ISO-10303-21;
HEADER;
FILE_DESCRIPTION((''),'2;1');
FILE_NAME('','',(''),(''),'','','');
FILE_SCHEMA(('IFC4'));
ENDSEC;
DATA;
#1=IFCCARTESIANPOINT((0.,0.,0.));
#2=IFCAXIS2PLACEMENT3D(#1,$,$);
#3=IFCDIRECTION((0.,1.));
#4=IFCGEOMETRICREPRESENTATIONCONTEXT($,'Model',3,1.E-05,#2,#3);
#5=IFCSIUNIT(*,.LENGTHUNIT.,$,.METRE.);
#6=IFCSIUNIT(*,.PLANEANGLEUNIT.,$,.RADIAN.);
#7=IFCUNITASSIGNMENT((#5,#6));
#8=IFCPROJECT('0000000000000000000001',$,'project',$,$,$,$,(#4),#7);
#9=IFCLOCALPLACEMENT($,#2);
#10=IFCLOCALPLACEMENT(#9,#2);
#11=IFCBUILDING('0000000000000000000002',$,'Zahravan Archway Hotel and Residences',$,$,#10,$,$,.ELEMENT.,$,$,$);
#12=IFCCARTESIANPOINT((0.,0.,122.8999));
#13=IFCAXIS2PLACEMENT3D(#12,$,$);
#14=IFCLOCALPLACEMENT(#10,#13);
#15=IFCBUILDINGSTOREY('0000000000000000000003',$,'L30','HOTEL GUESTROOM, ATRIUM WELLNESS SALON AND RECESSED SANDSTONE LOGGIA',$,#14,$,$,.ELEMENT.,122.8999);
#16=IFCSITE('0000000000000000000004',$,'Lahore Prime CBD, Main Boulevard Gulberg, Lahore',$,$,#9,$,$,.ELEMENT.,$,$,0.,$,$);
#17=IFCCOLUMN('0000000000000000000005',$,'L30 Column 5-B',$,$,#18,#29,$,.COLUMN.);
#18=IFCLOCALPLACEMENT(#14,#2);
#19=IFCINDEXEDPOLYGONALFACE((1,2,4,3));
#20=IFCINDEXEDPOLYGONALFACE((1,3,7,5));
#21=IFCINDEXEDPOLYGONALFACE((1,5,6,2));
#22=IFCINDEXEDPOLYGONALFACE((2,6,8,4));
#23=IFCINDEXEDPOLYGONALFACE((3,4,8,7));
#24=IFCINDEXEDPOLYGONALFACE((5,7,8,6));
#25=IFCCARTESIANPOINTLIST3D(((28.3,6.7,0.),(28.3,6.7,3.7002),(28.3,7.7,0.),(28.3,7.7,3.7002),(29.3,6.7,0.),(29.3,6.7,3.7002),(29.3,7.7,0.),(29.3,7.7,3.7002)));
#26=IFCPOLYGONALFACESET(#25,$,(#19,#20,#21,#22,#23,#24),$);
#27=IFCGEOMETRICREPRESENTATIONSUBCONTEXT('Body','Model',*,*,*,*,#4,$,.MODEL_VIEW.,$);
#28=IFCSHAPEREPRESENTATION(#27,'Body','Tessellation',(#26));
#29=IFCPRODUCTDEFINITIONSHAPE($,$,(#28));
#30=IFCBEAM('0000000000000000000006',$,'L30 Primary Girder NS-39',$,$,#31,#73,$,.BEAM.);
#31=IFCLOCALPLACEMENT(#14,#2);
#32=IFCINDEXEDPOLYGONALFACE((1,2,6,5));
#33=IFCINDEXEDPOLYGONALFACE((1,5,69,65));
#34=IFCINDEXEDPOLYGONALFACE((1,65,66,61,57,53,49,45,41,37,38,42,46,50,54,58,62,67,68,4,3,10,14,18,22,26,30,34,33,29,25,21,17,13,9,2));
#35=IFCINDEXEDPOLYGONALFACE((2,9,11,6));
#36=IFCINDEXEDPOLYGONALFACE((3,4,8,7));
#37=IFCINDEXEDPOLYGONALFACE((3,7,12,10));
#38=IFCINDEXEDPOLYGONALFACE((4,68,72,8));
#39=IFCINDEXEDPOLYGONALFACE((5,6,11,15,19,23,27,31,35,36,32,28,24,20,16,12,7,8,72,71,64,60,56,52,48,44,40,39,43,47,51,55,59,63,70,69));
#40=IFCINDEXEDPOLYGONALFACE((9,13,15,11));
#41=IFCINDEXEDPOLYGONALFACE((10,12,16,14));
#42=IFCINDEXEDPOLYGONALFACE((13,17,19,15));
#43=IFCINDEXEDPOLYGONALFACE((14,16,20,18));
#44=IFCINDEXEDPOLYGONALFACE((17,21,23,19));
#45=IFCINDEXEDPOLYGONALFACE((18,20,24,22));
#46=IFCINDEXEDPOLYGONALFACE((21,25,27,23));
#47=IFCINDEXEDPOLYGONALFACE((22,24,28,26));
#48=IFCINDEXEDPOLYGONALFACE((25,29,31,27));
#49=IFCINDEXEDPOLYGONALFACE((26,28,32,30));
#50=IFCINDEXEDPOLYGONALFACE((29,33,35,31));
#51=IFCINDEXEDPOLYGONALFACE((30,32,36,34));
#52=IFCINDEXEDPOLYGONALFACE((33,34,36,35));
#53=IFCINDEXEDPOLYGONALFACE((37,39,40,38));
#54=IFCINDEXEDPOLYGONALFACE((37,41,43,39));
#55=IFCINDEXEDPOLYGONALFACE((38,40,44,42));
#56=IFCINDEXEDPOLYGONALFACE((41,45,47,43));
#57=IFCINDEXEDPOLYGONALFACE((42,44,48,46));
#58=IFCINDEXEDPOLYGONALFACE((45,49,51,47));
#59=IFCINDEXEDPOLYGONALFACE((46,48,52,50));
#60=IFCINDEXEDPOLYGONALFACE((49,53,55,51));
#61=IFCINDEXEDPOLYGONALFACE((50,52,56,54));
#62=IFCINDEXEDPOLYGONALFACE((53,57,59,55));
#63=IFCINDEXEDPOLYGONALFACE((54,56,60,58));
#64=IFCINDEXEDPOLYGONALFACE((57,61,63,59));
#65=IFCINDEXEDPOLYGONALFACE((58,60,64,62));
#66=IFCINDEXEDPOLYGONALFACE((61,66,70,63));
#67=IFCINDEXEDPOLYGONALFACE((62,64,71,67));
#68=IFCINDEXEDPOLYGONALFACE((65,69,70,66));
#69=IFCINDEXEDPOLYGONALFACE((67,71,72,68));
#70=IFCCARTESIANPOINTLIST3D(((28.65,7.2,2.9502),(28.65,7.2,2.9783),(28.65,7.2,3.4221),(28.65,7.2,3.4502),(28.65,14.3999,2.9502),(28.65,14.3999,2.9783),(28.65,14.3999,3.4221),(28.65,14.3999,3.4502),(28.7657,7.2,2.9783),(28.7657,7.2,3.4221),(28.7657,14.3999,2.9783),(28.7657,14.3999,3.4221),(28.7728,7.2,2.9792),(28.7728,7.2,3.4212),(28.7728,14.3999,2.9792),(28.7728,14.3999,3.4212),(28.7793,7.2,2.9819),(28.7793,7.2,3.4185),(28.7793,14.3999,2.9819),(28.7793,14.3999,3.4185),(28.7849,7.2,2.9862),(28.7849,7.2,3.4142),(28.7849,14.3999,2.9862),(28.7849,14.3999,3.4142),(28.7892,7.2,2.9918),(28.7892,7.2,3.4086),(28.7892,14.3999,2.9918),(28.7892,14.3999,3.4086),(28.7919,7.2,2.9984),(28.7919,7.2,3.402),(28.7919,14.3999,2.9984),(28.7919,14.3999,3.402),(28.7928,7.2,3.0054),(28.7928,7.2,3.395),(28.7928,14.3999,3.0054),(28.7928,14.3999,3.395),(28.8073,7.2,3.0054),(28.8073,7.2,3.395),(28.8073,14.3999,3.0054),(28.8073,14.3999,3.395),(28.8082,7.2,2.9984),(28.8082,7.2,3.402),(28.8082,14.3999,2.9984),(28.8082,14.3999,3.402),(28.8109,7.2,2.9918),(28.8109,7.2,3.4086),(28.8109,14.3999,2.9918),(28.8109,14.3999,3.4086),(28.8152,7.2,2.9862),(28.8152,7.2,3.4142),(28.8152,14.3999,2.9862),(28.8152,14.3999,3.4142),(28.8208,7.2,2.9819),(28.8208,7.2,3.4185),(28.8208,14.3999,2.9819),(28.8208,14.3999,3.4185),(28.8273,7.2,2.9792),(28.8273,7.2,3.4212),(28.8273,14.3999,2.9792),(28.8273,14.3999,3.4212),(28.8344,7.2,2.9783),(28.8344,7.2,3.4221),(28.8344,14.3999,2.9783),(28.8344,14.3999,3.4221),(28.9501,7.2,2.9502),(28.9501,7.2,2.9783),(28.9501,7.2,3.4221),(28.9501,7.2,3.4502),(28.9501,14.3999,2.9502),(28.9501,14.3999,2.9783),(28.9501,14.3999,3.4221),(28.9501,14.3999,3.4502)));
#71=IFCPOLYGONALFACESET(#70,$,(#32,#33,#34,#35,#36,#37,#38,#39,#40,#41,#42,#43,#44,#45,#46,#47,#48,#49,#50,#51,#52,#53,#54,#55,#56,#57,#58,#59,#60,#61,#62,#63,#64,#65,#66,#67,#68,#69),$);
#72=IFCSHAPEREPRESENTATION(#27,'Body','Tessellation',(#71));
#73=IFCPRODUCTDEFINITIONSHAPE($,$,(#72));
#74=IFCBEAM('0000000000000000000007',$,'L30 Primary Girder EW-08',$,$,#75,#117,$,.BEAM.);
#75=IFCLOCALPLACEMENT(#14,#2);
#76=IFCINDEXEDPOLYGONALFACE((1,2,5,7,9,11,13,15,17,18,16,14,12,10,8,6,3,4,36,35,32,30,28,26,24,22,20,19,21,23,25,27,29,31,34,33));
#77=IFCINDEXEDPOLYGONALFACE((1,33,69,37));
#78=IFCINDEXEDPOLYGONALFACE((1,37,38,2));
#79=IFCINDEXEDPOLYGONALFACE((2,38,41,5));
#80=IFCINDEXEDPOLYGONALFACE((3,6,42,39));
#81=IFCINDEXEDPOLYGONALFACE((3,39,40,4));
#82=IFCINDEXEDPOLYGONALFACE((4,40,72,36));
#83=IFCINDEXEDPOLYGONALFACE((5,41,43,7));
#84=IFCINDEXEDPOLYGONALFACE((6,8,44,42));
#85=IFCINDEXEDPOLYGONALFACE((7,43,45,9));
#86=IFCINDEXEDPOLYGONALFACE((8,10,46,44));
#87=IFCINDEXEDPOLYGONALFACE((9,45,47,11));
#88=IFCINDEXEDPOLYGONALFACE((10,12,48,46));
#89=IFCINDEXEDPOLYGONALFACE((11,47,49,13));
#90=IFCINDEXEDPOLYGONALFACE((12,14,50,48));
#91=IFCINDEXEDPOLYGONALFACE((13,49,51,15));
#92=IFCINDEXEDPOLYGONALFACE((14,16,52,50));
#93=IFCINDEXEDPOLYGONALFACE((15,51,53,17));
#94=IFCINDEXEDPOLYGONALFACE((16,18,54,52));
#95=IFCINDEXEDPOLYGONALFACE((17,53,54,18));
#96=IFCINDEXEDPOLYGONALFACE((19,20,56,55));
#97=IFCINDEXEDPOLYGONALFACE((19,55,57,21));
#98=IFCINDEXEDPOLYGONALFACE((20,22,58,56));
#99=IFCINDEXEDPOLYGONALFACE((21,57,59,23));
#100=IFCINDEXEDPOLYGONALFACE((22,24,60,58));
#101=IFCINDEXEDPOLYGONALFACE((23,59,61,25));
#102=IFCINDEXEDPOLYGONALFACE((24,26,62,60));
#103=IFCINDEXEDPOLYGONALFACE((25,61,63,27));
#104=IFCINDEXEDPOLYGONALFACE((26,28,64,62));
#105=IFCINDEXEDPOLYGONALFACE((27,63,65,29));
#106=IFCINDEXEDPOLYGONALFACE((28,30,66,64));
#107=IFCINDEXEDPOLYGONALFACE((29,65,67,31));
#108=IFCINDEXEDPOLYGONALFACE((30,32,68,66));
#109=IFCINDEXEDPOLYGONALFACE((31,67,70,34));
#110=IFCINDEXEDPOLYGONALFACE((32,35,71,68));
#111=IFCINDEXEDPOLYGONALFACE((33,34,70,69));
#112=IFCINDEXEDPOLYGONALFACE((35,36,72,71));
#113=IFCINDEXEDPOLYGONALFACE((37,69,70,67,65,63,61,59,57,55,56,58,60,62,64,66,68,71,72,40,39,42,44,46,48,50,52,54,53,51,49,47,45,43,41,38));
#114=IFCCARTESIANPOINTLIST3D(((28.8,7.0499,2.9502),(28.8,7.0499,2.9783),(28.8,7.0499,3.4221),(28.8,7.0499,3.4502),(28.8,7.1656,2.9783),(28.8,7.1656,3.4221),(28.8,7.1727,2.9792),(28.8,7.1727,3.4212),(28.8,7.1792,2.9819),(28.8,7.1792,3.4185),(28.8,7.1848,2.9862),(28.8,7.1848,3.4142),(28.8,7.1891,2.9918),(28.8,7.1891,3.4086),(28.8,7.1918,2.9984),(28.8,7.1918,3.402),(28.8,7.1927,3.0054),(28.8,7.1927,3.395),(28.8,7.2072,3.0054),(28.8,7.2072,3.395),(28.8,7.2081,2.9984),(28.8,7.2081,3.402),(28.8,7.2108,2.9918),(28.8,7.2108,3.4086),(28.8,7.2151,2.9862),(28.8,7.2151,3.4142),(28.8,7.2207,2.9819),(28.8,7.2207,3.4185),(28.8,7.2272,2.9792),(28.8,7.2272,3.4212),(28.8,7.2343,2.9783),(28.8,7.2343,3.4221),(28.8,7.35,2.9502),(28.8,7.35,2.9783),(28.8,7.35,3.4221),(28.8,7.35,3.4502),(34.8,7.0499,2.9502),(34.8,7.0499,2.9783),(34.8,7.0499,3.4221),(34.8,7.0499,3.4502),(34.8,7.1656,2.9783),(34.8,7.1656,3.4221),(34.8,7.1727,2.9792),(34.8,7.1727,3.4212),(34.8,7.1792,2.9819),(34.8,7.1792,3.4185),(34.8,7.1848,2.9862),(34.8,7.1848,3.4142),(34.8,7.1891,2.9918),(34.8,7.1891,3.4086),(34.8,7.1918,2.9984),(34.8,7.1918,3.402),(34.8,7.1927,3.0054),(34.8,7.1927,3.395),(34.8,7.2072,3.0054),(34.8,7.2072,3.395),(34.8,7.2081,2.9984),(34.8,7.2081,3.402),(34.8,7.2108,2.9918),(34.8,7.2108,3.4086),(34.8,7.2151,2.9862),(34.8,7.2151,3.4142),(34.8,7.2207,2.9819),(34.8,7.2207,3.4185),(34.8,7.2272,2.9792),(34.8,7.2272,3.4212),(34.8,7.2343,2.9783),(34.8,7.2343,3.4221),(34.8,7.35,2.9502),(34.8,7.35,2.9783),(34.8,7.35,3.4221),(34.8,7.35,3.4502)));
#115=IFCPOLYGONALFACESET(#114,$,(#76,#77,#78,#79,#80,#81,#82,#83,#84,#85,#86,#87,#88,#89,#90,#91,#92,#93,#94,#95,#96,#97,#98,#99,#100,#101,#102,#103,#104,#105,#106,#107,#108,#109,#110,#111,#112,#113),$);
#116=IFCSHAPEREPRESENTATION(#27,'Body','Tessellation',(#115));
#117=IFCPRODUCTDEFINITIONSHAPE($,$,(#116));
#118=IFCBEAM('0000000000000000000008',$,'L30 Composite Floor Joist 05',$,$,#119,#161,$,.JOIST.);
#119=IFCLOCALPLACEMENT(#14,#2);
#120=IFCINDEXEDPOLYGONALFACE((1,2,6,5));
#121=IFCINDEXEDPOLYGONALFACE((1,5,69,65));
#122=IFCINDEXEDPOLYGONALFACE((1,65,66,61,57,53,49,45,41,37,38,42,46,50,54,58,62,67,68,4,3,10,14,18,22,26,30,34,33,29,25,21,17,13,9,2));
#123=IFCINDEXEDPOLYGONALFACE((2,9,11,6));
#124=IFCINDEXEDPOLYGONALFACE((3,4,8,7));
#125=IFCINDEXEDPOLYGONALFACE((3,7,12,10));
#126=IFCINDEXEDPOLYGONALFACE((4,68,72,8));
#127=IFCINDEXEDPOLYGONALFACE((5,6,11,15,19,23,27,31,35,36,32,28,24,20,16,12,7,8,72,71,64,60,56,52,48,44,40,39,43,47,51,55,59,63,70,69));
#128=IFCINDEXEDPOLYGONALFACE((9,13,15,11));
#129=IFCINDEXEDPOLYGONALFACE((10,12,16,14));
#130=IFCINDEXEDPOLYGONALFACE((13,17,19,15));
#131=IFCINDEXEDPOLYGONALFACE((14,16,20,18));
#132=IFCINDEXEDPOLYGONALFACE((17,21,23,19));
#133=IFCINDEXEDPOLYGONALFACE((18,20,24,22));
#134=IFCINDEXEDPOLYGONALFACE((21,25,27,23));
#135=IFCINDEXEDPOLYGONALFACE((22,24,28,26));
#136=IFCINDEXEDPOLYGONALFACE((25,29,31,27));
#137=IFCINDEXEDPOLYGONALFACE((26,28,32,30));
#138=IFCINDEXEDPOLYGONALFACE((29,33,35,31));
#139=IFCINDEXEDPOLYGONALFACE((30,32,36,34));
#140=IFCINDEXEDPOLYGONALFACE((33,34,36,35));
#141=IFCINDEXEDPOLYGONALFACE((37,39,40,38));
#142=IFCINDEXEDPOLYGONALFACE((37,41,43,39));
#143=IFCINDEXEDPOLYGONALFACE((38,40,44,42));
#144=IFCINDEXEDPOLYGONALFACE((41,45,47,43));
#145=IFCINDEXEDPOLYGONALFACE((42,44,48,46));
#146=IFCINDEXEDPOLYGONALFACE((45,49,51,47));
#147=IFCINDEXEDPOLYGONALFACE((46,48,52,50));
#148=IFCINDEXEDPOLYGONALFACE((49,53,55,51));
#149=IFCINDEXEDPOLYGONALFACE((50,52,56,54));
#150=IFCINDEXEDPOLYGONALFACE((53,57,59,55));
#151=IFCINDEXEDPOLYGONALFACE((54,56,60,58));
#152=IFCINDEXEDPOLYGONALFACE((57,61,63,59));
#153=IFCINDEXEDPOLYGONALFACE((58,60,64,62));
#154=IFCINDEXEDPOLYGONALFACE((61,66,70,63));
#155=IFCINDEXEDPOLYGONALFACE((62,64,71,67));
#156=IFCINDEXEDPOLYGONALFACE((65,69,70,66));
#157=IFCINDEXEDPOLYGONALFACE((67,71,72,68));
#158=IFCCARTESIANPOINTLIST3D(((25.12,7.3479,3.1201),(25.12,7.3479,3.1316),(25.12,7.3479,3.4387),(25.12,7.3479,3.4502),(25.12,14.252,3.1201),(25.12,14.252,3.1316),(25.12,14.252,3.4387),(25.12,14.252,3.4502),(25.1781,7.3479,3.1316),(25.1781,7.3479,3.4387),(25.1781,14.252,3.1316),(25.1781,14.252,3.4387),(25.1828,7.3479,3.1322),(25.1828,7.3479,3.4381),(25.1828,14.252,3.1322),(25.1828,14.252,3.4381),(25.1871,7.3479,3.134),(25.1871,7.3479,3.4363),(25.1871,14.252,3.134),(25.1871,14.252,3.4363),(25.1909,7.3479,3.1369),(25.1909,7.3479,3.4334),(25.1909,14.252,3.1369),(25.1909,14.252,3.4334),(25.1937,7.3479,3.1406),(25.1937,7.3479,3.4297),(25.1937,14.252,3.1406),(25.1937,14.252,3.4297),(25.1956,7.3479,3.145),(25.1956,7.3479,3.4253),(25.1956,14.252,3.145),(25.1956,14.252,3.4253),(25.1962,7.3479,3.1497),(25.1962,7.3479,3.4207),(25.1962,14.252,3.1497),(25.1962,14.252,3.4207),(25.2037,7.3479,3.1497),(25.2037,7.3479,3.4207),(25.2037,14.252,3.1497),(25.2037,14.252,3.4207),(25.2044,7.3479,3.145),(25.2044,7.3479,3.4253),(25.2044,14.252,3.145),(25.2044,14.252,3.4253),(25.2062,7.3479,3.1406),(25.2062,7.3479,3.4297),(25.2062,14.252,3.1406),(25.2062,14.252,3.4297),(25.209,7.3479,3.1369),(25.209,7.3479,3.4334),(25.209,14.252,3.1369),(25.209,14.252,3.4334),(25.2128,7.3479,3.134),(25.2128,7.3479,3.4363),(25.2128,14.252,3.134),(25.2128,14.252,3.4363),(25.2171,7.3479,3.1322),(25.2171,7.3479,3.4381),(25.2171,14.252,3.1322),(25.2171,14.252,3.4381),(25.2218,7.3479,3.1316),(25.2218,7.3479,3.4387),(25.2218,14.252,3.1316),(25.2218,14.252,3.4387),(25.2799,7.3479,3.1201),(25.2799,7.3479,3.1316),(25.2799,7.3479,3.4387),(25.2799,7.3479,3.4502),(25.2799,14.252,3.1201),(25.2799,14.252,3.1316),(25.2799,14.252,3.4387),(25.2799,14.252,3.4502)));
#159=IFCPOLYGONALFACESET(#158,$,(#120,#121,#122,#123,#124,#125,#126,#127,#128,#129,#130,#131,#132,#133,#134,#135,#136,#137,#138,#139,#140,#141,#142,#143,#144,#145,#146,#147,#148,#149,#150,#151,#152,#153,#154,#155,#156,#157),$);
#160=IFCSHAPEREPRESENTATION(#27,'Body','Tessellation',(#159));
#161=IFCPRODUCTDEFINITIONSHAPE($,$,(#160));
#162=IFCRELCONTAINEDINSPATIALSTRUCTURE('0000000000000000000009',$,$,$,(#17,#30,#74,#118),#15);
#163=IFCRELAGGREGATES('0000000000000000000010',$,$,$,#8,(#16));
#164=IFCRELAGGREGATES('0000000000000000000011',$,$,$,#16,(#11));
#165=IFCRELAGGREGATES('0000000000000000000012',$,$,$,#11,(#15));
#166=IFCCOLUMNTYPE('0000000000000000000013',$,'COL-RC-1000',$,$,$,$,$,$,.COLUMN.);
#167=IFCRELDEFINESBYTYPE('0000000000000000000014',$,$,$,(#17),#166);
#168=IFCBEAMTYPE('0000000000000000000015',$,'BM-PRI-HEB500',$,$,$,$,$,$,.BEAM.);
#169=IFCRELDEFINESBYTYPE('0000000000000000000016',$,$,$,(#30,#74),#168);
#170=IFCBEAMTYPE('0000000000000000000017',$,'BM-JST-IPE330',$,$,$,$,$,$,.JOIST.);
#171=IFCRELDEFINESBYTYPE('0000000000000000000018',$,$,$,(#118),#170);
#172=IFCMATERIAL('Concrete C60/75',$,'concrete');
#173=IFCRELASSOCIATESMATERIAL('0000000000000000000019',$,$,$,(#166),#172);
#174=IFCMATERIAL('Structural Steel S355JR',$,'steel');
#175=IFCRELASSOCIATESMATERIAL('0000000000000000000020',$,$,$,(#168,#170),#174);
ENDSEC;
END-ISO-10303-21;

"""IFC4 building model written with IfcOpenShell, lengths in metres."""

from ifc_helpers import new_model, si_unit, direction, frame, origin, origin_2d, place, context, subcontext, project, spatial, rectangle, i_section, extrude, source, transform, mapped, material, material_profile, profile_set, type_object, type_shapes, element, save


model = new_model("IFC4")

# Units and contexts
model_context = context("Model", 3, precision=1e-05, world=origin(), true_north=direction((0.0, 1.0)))
body_context = subcontext(model_context, "Body", "Model", "MODEL_VIEW")
ifc_project = project(units=[si_unit("LENGTHUNIT", "METRE"), si_unit("PLANEANGLEUNIT", "RADIAN")], contexts=[model_context])

# Site, building, storey
site_placement = place(None, origin())
site = spatial("IfcSite", under=ifc_project, at=site_placement, Name="Lahore Prime CBD, Main Boulevard Gulberg, Lahore", CompositionType="ELEMENT", RefElevation=0.0)
building_placement = place(site_placement, origin())
building = spatial("IfcBuilding", under=site, at=building_placement, Name="Zahravan Archway Hotel and Residences", CompositionType="ELEMENT")
storey_placement = place(building_placement, frame((0.0, 0.0, 122.8999)))
storey = spatial("IfcBuildingStorey", under=building, at=storey_placement, Name="L30", Description="HOTEL GUESTROOM, ATRIUM WELLNESS SALON AND RECESSED SANDSTONE LOGGIA", CompositionType="ELEMENT", Elevation=122.8999)

# Column
ifc_material_1 = material(Name="Concrete C60/75", Category="concrete")
ifc_material_profile_1 = material_profile(ifc_material_1, rectangle(XDim=1.0, YDim=1.0, at=origin_2d()), Name="RC-COL-1000x1000", Category="concrete")
ifc_profile_set_1 = profile_set([ifc_material_profile_1], Name="Concrete C60/75")
column_type = type_object("IfcColumnType", Name="COL-RC-1000", PredefinedType="COLUMN", material=ifc_profile_set_1)
shared_shape_1 = source(origin(), body_context, "Body", "SweptSolid", [
    extrude(rectangle(XDim=1.0, YDim=1.0, at=origin_2d()), origin(), (0.0, 0.0, 1.0), 3.7002),
])
column_placement = place(storey_placement, frame((28.8, 7.2, 0.0), z_axis=(0.0, 0.0, 1.0), x_axis=(1.0, 0.0, 0.0)))
element("IfcColumn", 1, at=column_placement, inside=storey, type_object=column_type, Name="L30 Column 5-B", PredefinedType="COLUMN", context=body_context, shape_type="MappedRepresentation", body=[
    mapped(shared_shape_1, transform((0.0, 0.0, 0.0), scale=1.0)),
])

# Beams
ifc_material_2 = material(Name="Structural Steel S355JR", Category="steel")
ifc_material_profile_2 = material_profile(ifc_material_2, i_section(OverallWidth=0.3, OverallDepth=0.5, WebThickness=0.0144, FlangeThickness=0.0281, FilletRadius=0.0271, at=origin_2d()), Name="HEB 500", Category="steel")
ifc_profile_set_2 = profile_set([ifc_material_profile_2], Name="Structural Steel S355JR")
beam_type_1 = type_object("IfcBeamType", Name="BM-PRI-HEB500", PredefinedType="BEAM", material=ifc_profile_set_2)
shared_shape_2 = source(origin(), body_context, "Body", "SweptSolid", [
    extrude(i_section(OverallWidth=0.3, OverallDepth=0.5, WebThickness=0.0144, FlangeThickness=0.0281, FilletRadius=0.0271, at=origin_2d()), origin(), (0.0, 0.0, 1.0), 7.2),
])
beam_1_placement = place(storey_placement, frame((28.8, 7.2, 3.2002), z_axis=(0.0, 1.0, 0.0), x_axis=(-1.0, 0.0, 0.0)))
element("IfcBeam", 2, at=beam_1_placement, inside=storey, type_object=beam_type_1, Name="L30 Primary Girder NS-39", PredefinedType="BEAM", context=body_context, shape_type="MappedRepresentation", body=[
    mapped(shared_shape_2, transform((0.0, 0.0, 0.0), scale=1.0)),
])
shared_shape_3 = source(origin(), body_context, "Body", "SweptSolid", [
    extrude(i_section(OverallWidth=0.3, OverallDepth=0.5, WebThickness=0.0144, FlangeThickness=0.0281, FilletRadius=0.0271, at=origin_2d()), origin(), (0.0, 0.0, 1.0), 6.0),
])
beam_2_placement = place(storey_placement, frame((28.8, 7.2, 3.2002), z_axis=(1.0, 0.0, 0.0), x_axis=(0.0, 1.0, 0.0)))
element("IfcBeam", 3, at=beam_2_placement, inside=storey, type_object=beam_type_1, Name="L30 Primary Girder EW-08", PredefinedType="BEAM", context=body_context, shape_type="MappedRepresentation", body=[
    mapped(shared_shape_3, transform((0.0, 0.0, 0.0), scale=1.0)),
])
ifc_material_profile_3 = material_profile(ifc_material_2, i_section(OverallWidth=0.1599, OverallDepth=0.3301, WebThickness=0.0076, FlangeThickness=0.0115, FilletRadius=0.0181, at=origin_2d()), Name="IPE 330", Category="steel")
ifc_profile_set_3 = profile_set([ifc_material_profile_3], Name="Structural Steel S355JR")
beam_type_2 = type_object("IfcBeamType", Name="BM-JST-IPE330", PredefinedType="JOIST", material=ifc_profile_set_3)
shared_shape_4 = source(origin(), body_context, "Body", "SweptSolid", [
    extrude(i_section(OverallWidth=0.1599, OverallDepth=0.3301, WebThickness=0.0076, FlangeThickness=0.0115, FilletRadius=0.0181, at=origin_2d()), origin(), (0.0, 0.0, 1.0), 6.9041),
])
type_shapes(beam_type_2, [shared_shape_4])
beam_3_placement = place(storey_placement, frame((25.2, 7.3479, 3.2852), z_axis=(0.0, 1.0, 0.0), x_axis=(-1.0, 0.0, 0.0)))
element("IfcBeam", 4, at=beam_3_placement, inside=storey, type_object=beam_type_2, Name="L30 Composite Floor Joist 05", PredefinedType="JOIST", context=body_context, shape_type="MappedRepresentation", body=[
    mapped(shared_shape_4, transform((0.0, 0.0, 0.0), scale=1.0)),
])

save(model, "model.ifc")
